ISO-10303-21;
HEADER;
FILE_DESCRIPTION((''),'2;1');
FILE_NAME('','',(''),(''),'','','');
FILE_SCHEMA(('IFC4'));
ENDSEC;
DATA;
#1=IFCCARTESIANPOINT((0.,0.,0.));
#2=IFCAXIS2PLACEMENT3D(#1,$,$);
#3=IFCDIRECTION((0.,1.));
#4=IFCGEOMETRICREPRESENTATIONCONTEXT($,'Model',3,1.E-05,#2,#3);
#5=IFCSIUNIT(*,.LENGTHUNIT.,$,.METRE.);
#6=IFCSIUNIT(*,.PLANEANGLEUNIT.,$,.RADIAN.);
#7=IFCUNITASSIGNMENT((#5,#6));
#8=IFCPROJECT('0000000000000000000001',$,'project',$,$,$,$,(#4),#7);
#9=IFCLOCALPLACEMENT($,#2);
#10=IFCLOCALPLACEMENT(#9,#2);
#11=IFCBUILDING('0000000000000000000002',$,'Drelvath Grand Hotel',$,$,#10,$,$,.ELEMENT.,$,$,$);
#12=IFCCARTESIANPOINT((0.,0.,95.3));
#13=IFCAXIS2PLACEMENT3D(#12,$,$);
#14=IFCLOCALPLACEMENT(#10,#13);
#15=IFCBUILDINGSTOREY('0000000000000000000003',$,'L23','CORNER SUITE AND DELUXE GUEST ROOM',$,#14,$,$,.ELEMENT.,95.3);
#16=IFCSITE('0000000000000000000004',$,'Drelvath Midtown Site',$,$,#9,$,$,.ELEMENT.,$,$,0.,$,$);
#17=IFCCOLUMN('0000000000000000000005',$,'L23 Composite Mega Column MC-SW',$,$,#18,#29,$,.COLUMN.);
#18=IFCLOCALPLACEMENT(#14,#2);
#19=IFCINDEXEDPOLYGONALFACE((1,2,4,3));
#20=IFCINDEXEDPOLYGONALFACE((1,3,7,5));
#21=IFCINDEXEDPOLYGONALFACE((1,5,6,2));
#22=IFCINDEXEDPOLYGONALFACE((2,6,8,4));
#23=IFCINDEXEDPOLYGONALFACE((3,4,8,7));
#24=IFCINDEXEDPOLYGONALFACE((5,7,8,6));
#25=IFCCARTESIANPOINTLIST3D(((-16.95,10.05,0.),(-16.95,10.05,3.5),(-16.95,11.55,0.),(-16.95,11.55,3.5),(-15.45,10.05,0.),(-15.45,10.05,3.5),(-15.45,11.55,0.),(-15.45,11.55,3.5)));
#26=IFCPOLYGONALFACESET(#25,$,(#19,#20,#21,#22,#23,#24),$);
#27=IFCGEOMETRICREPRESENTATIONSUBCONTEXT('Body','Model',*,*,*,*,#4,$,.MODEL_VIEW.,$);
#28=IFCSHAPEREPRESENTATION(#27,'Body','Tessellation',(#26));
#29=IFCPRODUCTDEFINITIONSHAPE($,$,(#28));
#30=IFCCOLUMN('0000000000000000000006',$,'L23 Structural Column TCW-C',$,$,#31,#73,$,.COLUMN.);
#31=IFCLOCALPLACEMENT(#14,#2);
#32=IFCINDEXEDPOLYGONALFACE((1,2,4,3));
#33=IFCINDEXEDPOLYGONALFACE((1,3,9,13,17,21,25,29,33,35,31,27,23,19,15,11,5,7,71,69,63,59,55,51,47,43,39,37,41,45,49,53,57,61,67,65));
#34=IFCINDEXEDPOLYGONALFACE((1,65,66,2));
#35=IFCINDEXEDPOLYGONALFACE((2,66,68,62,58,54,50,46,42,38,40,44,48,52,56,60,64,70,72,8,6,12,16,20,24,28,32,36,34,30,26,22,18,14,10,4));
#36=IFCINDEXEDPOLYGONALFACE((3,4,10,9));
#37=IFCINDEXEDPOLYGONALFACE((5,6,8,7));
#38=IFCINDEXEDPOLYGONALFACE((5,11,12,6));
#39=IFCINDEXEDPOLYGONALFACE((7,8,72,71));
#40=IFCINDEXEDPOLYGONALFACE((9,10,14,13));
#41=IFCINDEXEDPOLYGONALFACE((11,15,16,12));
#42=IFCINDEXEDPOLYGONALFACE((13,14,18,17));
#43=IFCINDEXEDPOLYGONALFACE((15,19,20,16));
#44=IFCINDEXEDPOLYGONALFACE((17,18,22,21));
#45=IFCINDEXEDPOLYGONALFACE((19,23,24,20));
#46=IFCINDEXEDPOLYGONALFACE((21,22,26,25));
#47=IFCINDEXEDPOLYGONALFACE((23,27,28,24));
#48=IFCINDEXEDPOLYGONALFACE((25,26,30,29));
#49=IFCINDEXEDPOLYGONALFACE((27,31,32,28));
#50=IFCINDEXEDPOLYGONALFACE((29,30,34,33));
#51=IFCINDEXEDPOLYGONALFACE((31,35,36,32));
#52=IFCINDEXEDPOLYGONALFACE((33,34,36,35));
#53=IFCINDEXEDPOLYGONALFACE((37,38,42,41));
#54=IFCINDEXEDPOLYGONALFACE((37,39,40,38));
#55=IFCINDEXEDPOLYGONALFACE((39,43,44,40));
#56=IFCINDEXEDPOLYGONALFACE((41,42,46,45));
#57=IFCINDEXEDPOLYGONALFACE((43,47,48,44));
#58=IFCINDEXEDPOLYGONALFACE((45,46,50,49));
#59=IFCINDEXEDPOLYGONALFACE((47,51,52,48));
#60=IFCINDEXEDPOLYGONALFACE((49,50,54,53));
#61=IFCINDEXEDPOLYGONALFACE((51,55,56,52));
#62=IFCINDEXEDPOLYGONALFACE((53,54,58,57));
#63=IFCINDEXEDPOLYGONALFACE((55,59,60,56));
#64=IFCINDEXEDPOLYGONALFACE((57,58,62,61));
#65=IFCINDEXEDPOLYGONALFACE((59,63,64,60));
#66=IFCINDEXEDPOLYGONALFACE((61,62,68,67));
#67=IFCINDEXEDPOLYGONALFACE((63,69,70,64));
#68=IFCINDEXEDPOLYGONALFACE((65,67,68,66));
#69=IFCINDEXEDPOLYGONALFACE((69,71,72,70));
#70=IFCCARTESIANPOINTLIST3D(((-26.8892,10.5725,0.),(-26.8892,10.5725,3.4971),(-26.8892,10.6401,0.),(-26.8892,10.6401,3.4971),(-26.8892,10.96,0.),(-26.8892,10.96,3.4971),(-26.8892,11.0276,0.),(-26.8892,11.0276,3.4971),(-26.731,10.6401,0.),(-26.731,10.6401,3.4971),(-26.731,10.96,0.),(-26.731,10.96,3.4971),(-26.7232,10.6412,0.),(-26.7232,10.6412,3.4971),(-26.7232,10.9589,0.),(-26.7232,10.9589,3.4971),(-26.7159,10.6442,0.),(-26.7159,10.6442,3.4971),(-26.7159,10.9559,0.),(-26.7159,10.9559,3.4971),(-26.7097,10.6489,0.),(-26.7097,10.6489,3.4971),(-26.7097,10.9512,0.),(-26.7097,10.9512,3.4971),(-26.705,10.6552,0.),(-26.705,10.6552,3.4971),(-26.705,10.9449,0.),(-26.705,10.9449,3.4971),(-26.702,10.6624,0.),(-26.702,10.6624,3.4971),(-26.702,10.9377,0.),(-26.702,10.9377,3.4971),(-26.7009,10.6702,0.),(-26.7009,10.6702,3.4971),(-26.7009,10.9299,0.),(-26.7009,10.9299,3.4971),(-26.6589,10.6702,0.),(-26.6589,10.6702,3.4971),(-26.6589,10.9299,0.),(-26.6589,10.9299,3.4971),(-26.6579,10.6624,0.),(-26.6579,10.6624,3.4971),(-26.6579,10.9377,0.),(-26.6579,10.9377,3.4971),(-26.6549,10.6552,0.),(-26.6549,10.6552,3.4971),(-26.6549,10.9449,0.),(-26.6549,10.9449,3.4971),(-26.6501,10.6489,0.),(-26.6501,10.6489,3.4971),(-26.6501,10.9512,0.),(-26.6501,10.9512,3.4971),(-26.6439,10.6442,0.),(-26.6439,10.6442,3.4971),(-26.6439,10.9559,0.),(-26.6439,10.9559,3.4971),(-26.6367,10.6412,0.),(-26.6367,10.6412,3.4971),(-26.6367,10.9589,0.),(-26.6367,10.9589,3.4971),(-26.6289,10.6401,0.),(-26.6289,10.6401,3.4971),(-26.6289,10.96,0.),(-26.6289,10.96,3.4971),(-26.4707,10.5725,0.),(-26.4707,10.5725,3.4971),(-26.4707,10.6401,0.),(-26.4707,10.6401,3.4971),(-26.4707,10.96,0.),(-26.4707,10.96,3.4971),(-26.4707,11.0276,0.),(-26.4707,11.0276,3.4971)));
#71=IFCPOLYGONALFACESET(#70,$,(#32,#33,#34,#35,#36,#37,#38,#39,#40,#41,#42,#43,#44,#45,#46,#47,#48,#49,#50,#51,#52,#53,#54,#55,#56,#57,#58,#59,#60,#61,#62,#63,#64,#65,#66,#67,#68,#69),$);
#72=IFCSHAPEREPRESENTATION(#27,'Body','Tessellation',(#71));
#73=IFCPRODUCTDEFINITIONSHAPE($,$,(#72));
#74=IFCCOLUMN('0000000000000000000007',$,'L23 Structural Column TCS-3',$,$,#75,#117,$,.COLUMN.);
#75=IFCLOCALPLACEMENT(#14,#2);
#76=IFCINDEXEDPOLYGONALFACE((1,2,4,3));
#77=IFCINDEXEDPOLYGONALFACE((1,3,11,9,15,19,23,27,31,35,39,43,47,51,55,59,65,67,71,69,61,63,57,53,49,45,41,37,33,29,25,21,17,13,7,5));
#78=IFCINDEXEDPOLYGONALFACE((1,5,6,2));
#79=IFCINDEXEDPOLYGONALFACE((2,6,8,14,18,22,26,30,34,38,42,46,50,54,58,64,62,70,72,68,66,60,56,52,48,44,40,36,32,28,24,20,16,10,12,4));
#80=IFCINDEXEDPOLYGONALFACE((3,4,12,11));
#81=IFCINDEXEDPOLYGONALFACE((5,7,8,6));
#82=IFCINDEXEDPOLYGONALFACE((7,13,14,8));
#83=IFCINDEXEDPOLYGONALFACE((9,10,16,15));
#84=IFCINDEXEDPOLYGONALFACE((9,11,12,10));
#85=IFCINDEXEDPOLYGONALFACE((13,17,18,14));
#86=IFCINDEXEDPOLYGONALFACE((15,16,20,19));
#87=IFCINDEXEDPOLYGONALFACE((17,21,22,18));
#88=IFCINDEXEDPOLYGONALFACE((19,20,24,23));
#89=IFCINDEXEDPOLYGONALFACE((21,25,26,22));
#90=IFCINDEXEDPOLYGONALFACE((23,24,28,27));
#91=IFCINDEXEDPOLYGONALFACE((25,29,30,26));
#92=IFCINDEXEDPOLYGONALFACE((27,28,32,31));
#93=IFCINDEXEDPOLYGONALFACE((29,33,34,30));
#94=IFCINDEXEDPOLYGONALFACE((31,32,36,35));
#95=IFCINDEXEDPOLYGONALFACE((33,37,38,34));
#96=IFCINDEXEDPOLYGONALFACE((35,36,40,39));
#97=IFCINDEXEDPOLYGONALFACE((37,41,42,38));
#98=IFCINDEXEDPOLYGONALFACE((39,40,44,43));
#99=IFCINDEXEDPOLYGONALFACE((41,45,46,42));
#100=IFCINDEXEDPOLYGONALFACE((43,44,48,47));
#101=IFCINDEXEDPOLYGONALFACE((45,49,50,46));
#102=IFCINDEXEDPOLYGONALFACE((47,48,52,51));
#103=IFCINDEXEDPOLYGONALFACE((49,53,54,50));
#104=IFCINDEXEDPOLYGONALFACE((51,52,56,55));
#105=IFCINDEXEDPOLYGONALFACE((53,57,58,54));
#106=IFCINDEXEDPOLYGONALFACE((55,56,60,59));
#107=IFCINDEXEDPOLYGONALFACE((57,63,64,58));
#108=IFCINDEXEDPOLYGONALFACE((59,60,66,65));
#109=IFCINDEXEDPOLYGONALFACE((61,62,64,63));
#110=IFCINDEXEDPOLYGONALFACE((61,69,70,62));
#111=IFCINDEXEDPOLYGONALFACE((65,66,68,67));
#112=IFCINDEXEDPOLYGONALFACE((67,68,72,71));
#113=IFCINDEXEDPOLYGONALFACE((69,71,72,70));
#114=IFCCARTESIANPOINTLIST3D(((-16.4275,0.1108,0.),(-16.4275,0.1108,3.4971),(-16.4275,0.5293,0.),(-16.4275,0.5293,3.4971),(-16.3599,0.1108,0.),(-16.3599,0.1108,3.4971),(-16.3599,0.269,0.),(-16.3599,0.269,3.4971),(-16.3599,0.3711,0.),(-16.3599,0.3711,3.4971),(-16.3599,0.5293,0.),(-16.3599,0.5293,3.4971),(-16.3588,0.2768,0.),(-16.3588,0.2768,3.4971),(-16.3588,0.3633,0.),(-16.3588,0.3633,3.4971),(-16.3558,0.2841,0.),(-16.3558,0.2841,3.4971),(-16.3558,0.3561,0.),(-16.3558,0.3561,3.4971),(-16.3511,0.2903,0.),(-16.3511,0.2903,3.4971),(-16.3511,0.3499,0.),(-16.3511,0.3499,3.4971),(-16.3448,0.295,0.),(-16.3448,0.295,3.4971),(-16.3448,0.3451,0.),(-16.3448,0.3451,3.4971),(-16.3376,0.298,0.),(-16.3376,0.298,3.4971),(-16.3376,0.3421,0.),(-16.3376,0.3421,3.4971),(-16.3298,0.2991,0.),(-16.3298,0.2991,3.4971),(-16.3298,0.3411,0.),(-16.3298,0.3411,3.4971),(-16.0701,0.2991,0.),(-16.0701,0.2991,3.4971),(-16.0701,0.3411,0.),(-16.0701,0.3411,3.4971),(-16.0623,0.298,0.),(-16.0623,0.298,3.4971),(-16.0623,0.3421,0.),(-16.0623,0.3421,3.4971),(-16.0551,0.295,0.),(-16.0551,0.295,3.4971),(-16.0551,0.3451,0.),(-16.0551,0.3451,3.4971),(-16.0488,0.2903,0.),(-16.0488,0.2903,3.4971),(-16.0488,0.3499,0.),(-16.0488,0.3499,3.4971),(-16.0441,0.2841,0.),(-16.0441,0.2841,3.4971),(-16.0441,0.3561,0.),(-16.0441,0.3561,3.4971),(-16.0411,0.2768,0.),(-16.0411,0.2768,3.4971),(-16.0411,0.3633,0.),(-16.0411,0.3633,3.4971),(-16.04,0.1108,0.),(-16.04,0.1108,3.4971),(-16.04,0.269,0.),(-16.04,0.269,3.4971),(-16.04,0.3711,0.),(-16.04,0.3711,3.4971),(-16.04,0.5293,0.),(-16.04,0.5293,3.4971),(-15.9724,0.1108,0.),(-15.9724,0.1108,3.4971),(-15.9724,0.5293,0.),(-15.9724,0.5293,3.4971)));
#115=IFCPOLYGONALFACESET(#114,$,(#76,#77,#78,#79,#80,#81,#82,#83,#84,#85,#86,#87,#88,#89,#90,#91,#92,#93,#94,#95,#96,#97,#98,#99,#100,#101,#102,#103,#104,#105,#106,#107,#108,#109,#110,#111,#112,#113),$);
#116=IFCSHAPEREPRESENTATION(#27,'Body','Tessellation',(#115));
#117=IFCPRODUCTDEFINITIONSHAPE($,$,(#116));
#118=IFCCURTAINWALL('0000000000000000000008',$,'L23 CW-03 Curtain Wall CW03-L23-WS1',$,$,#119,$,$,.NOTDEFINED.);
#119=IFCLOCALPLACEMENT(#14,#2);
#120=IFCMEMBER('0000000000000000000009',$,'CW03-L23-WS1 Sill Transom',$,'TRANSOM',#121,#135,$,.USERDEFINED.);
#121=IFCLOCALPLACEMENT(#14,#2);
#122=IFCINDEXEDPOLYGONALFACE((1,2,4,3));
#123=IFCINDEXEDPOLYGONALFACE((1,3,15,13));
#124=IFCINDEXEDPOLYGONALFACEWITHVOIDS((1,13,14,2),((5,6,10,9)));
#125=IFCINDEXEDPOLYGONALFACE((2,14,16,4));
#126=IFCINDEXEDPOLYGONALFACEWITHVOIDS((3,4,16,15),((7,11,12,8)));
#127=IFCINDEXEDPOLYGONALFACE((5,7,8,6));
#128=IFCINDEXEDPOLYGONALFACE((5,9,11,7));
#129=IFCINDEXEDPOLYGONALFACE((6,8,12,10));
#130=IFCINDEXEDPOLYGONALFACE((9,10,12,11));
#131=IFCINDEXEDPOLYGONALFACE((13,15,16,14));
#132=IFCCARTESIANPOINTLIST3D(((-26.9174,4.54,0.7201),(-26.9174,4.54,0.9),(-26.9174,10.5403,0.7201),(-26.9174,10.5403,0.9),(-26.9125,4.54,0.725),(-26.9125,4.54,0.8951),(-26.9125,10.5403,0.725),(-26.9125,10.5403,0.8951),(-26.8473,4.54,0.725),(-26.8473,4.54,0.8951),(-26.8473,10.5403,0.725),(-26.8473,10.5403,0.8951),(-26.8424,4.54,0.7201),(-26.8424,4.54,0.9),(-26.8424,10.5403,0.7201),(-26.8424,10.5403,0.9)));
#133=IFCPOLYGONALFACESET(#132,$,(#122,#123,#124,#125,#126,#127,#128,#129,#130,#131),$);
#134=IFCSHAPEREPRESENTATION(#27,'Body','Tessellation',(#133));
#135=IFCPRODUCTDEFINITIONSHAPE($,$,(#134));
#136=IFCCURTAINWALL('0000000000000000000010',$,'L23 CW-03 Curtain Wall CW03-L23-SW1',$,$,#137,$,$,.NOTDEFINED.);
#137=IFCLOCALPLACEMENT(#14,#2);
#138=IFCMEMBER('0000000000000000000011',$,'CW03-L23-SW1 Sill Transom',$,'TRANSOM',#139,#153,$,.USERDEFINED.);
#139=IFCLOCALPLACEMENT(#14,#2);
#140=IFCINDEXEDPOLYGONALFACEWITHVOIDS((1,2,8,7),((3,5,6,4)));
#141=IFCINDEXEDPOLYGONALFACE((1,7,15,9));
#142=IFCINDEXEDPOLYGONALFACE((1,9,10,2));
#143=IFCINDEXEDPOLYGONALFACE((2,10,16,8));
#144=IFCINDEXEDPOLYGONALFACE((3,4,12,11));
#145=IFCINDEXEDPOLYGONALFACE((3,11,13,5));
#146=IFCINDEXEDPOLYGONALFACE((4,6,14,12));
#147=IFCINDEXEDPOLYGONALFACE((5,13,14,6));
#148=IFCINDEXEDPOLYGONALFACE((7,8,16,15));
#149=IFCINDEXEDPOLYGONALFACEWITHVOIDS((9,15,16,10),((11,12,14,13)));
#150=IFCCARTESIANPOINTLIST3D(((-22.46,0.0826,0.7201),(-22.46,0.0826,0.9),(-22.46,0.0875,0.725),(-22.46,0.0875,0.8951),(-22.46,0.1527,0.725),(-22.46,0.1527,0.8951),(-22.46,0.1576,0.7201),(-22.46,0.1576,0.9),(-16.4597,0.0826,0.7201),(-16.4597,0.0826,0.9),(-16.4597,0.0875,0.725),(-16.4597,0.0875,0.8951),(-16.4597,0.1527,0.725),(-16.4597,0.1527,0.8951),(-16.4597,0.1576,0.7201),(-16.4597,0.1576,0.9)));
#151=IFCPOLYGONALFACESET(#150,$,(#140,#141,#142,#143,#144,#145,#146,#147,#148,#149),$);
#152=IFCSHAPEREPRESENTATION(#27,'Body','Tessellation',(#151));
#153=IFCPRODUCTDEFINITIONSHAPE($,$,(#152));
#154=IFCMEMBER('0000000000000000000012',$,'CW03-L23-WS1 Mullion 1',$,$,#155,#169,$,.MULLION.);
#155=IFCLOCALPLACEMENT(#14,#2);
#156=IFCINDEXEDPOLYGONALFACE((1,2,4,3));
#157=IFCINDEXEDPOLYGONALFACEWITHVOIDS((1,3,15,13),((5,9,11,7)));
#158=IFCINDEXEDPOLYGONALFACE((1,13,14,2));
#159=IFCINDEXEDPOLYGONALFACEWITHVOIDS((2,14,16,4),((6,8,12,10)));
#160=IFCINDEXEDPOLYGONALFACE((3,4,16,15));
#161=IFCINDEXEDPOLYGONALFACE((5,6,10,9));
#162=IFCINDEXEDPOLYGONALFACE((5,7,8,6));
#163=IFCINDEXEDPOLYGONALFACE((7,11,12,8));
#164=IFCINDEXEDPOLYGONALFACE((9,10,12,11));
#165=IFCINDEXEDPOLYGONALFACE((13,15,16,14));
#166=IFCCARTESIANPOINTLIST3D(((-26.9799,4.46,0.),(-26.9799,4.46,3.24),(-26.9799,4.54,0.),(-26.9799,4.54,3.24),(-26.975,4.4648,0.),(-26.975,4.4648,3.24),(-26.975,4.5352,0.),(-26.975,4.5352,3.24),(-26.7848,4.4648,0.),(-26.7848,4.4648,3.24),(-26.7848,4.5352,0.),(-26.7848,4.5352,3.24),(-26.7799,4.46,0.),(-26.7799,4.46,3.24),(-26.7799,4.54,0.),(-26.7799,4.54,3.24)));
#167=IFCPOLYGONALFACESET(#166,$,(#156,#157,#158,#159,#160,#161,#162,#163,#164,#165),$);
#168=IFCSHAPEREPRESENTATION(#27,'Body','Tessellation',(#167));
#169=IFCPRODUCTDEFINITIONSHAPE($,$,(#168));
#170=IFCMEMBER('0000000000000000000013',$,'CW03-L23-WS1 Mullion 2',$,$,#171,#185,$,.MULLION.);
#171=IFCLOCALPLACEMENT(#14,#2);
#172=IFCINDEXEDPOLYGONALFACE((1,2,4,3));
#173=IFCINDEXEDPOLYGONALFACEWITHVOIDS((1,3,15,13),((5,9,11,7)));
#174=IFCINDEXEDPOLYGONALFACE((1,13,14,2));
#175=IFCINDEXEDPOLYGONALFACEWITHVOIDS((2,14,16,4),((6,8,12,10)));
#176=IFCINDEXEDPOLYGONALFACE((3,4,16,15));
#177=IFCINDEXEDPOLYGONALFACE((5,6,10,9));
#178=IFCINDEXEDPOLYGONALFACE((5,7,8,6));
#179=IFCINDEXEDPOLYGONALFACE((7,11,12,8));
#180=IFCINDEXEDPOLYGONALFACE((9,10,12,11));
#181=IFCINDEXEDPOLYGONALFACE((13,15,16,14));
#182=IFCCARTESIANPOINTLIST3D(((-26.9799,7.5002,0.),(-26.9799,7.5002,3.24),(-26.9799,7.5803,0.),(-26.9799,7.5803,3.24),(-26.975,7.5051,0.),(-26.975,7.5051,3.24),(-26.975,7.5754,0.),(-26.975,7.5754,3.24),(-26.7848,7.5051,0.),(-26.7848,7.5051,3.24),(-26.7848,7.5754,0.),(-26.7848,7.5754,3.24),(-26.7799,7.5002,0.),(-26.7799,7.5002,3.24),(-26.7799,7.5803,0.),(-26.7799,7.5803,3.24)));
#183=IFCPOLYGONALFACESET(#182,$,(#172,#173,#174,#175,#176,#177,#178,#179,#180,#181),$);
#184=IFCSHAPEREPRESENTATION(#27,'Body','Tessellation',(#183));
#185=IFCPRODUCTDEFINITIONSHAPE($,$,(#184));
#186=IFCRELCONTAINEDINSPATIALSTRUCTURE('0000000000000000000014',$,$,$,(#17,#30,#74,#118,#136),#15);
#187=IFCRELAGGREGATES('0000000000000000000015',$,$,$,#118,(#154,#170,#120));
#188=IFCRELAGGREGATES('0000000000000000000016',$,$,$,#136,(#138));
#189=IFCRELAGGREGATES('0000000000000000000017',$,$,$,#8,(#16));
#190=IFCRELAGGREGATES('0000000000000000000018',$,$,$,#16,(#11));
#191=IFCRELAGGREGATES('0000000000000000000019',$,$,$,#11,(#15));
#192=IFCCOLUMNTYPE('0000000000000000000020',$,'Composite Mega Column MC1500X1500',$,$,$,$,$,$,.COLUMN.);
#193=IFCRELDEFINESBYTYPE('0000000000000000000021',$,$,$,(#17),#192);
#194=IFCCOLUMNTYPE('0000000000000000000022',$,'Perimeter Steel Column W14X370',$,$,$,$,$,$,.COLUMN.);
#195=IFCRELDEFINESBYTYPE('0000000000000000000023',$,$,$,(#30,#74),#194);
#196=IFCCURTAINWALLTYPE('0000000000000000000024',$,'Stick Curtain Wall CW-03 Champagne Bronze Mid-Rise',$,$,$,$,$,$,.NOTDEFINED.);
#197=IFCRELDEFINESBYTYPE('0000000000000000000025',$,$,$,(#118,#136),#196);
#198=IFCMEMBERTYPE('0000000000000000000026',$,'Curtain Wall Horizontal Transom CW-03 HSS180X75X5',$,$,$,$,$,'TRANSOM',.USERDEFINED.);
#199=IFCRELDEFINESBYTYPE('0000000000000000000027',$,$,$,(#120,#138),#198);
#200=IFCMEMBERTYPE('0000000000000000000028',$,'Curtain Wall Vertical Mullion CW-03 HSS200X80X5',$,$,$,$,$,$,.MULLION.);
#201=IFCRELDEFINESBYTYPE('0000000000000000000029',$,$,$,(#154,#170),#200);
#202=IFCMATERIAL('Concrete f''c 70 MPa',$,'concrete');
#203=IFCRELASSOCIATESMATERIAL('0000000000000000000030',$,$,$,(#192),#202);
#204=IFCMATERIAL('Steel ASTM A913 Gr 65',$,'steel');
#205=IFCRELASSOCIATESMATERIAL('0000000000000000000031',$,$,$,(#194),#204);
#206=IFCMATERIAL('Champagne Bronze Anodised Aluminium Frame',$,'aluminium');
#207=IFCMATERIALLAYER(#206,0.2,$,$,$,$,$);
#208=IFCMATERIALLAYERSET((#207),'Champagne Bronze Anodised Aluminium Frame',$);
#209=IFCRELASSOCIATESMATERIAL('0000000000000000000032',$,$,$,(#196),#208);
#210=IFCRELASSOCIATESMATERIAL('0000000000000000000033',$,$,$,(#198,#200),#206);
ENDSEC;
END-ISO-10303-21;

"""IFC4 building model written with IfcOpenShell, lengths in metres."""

from ifc_helpers import new_model, si_unit, direction, frame, origin, origin_2d, place, context, subcontext, project, spatial, rectangle, hollow_rectangle, i_section, extrude, material, layer, layer_set, material_profile, profile_set, type_object, element, aggregate, save


model = new_model("IFC4")

# Units and contexts
model_context = context("Model", 3, precision=1e-05, world=origin(), true_north=direction((0.0, 1.0)))
body_context = subcontext(model_context, "Body", "Model", "MODEL_VIEW")
ifc_project = project(units=[si_unit("LENGTHUNIT", "METRE"), si_unit("PLANEANGLEUNIT", "RADIAN")], contexts=[model_context])

# Site, building, storey
site_placement = place(None, origin())
site = spatial("IfcSite", under=ifc_project, at=site_placement, Name="Drelvath Midtown Site", CompositionType="ELEMENT", RefElevation=0.0)
building_placement = place(site_placement, origin())
building = spatial("IfcBuilding", under=site, at=building_placement, Name="Drelvath Grand Hotel", CompositionType="ELEMENT")
storey_placement = place(building_placement, frame((0.0, 0.0, 95.3)))
storey = spatial("IfcBuildingStorey", under=building, at=storey_placement, Name="L23", Description="CORNER SUITE AND DELUXE GUEST ROOM", CompositionType="ELEMENT", Elevation=95.3)

# Columns
ifc_material_1 = material(Name="Concrete f'c 70 MPa", Category="concrete")
ifc_material_profile_1 = material_profile(ifc_material_1, rectangle(XDim=1.5, YDim=1.5, at=origin_2d()), Name="MC1500X1500")
ifc_profile_set_1 = profile_set([ifc_material_profile_1], Name="Concrete f'c 70 MPa")
column_type_1 = type_object("IfcColumnType", Name="Composite Mega Column MC1500X1500", PredefinedType="COLUMN", material=ifc_profile_set_1)
column_placement = place(storey_placement, frame((-16.2, 10.8, 0.0), z_axis=(0.0, 0.0, 1.0), x_axis=(1.0, 0.0, 0.0)))
element("IfcColumn", 1, at=column_placement, inside=storey, type_object=column_type_1, Name="L23 Composite Mega Column MC-SW", PredefinedType="COLUMN", context=body_context, shape_type="SweptSolid", body=[
    extrude(rectangle(XDim=1.5, YDim=1.5, at=origin_2d()), origin(), (0.0, 0.0, 1.0), 3.5),
])
ifc_material_2 = material(Name="Steel ASTM A913 Gr 65", Category="steel")
ifc_material_profile_2 = material_profile(ifc_material_2, i_section(OverallWidth=0.4185, OverallDepth=0.4551, WebThickness=0.042, FlangeThickness=0.0676, FilletRadius=0.03, at=origin_2d()), Name="W14X370")
ifc_profile_set_2 = profile_set([ifc_material_profile_2], Name="Steel ASTM A913 Gr 65")
column_type_2 = type_object("IfcColumnType", Name="Perimeter Steel Column W14X370", PredefinedType="COLUMN", material=ifc_profile_set_2)
for number, where, z_axis, x_axis, name in (
    (2, (-26.6799, 10.8, 0.0), (0.0, 0.0, 1.0), (1.0, 0.0, 0.0), "L23 Structural Column TCW-C"),
    (3, (-16.2, 0.3201, 0.0), (0.0, 0.0, 1.0), (0.0, 1.0, 0.0), "L23 Structural Column TCS-3"),
):
    element("IfcColumn", number, at=place(storey_placement, frame(where, z_axis=z_axis, x_axis=x_axis)), inside=storey, type_object=column_type_2, Name=name, PredefinedType="COLUMN", context=body_context, shape_type="SweptSolid", body=[
        extrude(i_section(OverallWidth=0.4185, OverallDepth=0.4551, WebThickness=0.042, FlangeThickness=0.0676, FilletRadius=0.03, at=origin_2d()), origin(), (0.0, 0.0, 1.0), 3.4971),
    ])

# Curtain walls, members
ifc_material_3 = material(Name="Champagne Bronze Anodised Aluminium Frame", Category="aluminium")
ifc_layer_1 = layer(ifc_material_3, 0.2)
ifc_layer_set_1 = layer_set([ifc_layer_1], Name="Champagne Bronze Anodised Aluminium Frame")
curtain_wall_type = type_object("IfcCurtainWallType", Name="Stick Curtain Wall CW-03 Champagne Bronze Mid-Rise", PredefinedType="NOTDEFINED", material=ifc_layer_set_1)
curtain_wall_1_placement = place(storey_placement, origin())
curtain_wall_1 = element("IfcCurtainWall", 4, at=curtain_wall_1_placement, inside=storey, type_object=curtain_wall_type, Name="L23 CW-03 Curtain Wall CW03-L23-WS1", PredefinedType="NOTDEFINED")
ifc_material_profile_3 = material_profile(ifc_material_3, hollow_rectangle(XDim=0.075, YDim=0.1799, WallThickness=0.0049, at=origin_2d()), Name="HSS180X75X5")
ifc_profile_set_3 = profile_set([ifc_material_profile_3], Name="Champagne Bronze Anodised Aluminium Frame")
member_type_1 = type_object("IfcMemberType", Name="Curtain Wall Horizontal Transom CW-03 HSS180X75X5", ElementType="TRANSOM", PredefinedType="USERDEFINED", material=ifc_profile_set_3)
member_1_placement = place(storey_placement, frame((-26.8799, 4.54, 0.8101), z_axis=(0.0, 1.0, 0.0), x_axis=(-1.0, 0.0, 0.0)))
member_1 = element("IfcMember", 5, at=member_1_placement, type_object=member_type_1, Name="CW03-L23-WS1 Sill Transom", ObjectType="TRANSOM", PredefinedType="USERDEFINED", context=body_context, shape_type="SweptSolid", body=[
    extrude(hollow_rectangle(XDim=0.075, YDim=0.1799, WallThickness=0.0049, at=origin_2d()), origin(), (0.0, 0.0, 1.0), 6.0002),
])
curtain_wall_2_placement = place(storey_placement, origin())
curtain_wall_2 = element("IfcCurtainWall", 6, at=curtain_wall_2_placement, inside=storey, type_object=curtain_wall_type, Name="L23 CW-03 Curtain Wall CW03-L23-SW1", PredefinedType="NOTDEFINED")
member_2_placement = place(storey_placement, frame((-16.4597, 0.1201, 0.8101), z_axis=(-1.0, 0.0, 0.0), x_axis=(0.0, -1.0, 0.0)))
member_2 = element("IfcMember", 7, at=member_2_placement, type_object=member_type_1, Name="CW03-L23-SW1 Sill Transom", ObjectType="TRANSOM", PredefinedType="USERDEFINED", context=body_context, shape_type="SweptSolid", body=[
    extrude(hollow_rectangle(XDim=0.075, YDim=0.1799, WallThickness=0.0049, at=origin_2d()), origin(), (0.0, 0.0, 1.0), 6.0002),
])

# Members
ifc_material_profile_4 = material_profile(ifc_material_3, hollow_rectangle(XDim=0.0801, YDim=0.2, WallThickness=0.0049, at=origin_2d()), Name="HSS200X80X5")
ifc_profile_set_4 = profile_set([ifc_material_profile_4], Name="Champagne Bronze Anodised Aluminium Frame")
member_type_2 = type_object("IfcMemberType", Name="Curtain Wall Vertical Mullion CW-03 HSS200X80X5", PredefinedType="MULLION", material=ifc_profile_set_4)
member_3_placement = place(storey_placement, frame((-26.8799, 4.5, 0.0), z_axis=(0.0, 0.0, 1.0), x_axis=(0.0, 1.0, 0.0)))
member_3 = element("IfcMember", 8, at=member_3_placement, type_object=member_type_2, Name="CW03-L23-WS1 Mullion 1", PredefinedType="MULLION", context=body_context, shape_type="SweptSolid", body=[
    extrude(hollow_rectangle(XDim=0.0801, YDim=0.2, WallThickness=0.0049, at=origin_2d()), origin(), (0.0, 0.0, 1.0), 3.24),
])
member_4_placement = place(storey_placement, frame((-26.8799, 7.5403, 0.0), z_axis=(0.0, 0.0, 1.0), x_axis=(0.0, 1.0, 0.0)))
member_4 = element("IfcMember", 9, at=member_4_placement, type_object=member_type_2, Name="CW03-L23-WS1 Mullion 2", PredefinedType="MULLION", context=body_context, shape_type="SweptSolid", body=[
    extrude(hollow_rectangle(XDim=0.0801, YDim=0.2, WallThickness=0.0049, at=origin_2d()), origin(), (0.0, 0.0, 1.0), 3.24),
])

aggregate(curtain_wall_1, [member_3, member_4, member_1])
aggregate(curtain_wall_2, [member_2])

save(model, "model.ifc")
